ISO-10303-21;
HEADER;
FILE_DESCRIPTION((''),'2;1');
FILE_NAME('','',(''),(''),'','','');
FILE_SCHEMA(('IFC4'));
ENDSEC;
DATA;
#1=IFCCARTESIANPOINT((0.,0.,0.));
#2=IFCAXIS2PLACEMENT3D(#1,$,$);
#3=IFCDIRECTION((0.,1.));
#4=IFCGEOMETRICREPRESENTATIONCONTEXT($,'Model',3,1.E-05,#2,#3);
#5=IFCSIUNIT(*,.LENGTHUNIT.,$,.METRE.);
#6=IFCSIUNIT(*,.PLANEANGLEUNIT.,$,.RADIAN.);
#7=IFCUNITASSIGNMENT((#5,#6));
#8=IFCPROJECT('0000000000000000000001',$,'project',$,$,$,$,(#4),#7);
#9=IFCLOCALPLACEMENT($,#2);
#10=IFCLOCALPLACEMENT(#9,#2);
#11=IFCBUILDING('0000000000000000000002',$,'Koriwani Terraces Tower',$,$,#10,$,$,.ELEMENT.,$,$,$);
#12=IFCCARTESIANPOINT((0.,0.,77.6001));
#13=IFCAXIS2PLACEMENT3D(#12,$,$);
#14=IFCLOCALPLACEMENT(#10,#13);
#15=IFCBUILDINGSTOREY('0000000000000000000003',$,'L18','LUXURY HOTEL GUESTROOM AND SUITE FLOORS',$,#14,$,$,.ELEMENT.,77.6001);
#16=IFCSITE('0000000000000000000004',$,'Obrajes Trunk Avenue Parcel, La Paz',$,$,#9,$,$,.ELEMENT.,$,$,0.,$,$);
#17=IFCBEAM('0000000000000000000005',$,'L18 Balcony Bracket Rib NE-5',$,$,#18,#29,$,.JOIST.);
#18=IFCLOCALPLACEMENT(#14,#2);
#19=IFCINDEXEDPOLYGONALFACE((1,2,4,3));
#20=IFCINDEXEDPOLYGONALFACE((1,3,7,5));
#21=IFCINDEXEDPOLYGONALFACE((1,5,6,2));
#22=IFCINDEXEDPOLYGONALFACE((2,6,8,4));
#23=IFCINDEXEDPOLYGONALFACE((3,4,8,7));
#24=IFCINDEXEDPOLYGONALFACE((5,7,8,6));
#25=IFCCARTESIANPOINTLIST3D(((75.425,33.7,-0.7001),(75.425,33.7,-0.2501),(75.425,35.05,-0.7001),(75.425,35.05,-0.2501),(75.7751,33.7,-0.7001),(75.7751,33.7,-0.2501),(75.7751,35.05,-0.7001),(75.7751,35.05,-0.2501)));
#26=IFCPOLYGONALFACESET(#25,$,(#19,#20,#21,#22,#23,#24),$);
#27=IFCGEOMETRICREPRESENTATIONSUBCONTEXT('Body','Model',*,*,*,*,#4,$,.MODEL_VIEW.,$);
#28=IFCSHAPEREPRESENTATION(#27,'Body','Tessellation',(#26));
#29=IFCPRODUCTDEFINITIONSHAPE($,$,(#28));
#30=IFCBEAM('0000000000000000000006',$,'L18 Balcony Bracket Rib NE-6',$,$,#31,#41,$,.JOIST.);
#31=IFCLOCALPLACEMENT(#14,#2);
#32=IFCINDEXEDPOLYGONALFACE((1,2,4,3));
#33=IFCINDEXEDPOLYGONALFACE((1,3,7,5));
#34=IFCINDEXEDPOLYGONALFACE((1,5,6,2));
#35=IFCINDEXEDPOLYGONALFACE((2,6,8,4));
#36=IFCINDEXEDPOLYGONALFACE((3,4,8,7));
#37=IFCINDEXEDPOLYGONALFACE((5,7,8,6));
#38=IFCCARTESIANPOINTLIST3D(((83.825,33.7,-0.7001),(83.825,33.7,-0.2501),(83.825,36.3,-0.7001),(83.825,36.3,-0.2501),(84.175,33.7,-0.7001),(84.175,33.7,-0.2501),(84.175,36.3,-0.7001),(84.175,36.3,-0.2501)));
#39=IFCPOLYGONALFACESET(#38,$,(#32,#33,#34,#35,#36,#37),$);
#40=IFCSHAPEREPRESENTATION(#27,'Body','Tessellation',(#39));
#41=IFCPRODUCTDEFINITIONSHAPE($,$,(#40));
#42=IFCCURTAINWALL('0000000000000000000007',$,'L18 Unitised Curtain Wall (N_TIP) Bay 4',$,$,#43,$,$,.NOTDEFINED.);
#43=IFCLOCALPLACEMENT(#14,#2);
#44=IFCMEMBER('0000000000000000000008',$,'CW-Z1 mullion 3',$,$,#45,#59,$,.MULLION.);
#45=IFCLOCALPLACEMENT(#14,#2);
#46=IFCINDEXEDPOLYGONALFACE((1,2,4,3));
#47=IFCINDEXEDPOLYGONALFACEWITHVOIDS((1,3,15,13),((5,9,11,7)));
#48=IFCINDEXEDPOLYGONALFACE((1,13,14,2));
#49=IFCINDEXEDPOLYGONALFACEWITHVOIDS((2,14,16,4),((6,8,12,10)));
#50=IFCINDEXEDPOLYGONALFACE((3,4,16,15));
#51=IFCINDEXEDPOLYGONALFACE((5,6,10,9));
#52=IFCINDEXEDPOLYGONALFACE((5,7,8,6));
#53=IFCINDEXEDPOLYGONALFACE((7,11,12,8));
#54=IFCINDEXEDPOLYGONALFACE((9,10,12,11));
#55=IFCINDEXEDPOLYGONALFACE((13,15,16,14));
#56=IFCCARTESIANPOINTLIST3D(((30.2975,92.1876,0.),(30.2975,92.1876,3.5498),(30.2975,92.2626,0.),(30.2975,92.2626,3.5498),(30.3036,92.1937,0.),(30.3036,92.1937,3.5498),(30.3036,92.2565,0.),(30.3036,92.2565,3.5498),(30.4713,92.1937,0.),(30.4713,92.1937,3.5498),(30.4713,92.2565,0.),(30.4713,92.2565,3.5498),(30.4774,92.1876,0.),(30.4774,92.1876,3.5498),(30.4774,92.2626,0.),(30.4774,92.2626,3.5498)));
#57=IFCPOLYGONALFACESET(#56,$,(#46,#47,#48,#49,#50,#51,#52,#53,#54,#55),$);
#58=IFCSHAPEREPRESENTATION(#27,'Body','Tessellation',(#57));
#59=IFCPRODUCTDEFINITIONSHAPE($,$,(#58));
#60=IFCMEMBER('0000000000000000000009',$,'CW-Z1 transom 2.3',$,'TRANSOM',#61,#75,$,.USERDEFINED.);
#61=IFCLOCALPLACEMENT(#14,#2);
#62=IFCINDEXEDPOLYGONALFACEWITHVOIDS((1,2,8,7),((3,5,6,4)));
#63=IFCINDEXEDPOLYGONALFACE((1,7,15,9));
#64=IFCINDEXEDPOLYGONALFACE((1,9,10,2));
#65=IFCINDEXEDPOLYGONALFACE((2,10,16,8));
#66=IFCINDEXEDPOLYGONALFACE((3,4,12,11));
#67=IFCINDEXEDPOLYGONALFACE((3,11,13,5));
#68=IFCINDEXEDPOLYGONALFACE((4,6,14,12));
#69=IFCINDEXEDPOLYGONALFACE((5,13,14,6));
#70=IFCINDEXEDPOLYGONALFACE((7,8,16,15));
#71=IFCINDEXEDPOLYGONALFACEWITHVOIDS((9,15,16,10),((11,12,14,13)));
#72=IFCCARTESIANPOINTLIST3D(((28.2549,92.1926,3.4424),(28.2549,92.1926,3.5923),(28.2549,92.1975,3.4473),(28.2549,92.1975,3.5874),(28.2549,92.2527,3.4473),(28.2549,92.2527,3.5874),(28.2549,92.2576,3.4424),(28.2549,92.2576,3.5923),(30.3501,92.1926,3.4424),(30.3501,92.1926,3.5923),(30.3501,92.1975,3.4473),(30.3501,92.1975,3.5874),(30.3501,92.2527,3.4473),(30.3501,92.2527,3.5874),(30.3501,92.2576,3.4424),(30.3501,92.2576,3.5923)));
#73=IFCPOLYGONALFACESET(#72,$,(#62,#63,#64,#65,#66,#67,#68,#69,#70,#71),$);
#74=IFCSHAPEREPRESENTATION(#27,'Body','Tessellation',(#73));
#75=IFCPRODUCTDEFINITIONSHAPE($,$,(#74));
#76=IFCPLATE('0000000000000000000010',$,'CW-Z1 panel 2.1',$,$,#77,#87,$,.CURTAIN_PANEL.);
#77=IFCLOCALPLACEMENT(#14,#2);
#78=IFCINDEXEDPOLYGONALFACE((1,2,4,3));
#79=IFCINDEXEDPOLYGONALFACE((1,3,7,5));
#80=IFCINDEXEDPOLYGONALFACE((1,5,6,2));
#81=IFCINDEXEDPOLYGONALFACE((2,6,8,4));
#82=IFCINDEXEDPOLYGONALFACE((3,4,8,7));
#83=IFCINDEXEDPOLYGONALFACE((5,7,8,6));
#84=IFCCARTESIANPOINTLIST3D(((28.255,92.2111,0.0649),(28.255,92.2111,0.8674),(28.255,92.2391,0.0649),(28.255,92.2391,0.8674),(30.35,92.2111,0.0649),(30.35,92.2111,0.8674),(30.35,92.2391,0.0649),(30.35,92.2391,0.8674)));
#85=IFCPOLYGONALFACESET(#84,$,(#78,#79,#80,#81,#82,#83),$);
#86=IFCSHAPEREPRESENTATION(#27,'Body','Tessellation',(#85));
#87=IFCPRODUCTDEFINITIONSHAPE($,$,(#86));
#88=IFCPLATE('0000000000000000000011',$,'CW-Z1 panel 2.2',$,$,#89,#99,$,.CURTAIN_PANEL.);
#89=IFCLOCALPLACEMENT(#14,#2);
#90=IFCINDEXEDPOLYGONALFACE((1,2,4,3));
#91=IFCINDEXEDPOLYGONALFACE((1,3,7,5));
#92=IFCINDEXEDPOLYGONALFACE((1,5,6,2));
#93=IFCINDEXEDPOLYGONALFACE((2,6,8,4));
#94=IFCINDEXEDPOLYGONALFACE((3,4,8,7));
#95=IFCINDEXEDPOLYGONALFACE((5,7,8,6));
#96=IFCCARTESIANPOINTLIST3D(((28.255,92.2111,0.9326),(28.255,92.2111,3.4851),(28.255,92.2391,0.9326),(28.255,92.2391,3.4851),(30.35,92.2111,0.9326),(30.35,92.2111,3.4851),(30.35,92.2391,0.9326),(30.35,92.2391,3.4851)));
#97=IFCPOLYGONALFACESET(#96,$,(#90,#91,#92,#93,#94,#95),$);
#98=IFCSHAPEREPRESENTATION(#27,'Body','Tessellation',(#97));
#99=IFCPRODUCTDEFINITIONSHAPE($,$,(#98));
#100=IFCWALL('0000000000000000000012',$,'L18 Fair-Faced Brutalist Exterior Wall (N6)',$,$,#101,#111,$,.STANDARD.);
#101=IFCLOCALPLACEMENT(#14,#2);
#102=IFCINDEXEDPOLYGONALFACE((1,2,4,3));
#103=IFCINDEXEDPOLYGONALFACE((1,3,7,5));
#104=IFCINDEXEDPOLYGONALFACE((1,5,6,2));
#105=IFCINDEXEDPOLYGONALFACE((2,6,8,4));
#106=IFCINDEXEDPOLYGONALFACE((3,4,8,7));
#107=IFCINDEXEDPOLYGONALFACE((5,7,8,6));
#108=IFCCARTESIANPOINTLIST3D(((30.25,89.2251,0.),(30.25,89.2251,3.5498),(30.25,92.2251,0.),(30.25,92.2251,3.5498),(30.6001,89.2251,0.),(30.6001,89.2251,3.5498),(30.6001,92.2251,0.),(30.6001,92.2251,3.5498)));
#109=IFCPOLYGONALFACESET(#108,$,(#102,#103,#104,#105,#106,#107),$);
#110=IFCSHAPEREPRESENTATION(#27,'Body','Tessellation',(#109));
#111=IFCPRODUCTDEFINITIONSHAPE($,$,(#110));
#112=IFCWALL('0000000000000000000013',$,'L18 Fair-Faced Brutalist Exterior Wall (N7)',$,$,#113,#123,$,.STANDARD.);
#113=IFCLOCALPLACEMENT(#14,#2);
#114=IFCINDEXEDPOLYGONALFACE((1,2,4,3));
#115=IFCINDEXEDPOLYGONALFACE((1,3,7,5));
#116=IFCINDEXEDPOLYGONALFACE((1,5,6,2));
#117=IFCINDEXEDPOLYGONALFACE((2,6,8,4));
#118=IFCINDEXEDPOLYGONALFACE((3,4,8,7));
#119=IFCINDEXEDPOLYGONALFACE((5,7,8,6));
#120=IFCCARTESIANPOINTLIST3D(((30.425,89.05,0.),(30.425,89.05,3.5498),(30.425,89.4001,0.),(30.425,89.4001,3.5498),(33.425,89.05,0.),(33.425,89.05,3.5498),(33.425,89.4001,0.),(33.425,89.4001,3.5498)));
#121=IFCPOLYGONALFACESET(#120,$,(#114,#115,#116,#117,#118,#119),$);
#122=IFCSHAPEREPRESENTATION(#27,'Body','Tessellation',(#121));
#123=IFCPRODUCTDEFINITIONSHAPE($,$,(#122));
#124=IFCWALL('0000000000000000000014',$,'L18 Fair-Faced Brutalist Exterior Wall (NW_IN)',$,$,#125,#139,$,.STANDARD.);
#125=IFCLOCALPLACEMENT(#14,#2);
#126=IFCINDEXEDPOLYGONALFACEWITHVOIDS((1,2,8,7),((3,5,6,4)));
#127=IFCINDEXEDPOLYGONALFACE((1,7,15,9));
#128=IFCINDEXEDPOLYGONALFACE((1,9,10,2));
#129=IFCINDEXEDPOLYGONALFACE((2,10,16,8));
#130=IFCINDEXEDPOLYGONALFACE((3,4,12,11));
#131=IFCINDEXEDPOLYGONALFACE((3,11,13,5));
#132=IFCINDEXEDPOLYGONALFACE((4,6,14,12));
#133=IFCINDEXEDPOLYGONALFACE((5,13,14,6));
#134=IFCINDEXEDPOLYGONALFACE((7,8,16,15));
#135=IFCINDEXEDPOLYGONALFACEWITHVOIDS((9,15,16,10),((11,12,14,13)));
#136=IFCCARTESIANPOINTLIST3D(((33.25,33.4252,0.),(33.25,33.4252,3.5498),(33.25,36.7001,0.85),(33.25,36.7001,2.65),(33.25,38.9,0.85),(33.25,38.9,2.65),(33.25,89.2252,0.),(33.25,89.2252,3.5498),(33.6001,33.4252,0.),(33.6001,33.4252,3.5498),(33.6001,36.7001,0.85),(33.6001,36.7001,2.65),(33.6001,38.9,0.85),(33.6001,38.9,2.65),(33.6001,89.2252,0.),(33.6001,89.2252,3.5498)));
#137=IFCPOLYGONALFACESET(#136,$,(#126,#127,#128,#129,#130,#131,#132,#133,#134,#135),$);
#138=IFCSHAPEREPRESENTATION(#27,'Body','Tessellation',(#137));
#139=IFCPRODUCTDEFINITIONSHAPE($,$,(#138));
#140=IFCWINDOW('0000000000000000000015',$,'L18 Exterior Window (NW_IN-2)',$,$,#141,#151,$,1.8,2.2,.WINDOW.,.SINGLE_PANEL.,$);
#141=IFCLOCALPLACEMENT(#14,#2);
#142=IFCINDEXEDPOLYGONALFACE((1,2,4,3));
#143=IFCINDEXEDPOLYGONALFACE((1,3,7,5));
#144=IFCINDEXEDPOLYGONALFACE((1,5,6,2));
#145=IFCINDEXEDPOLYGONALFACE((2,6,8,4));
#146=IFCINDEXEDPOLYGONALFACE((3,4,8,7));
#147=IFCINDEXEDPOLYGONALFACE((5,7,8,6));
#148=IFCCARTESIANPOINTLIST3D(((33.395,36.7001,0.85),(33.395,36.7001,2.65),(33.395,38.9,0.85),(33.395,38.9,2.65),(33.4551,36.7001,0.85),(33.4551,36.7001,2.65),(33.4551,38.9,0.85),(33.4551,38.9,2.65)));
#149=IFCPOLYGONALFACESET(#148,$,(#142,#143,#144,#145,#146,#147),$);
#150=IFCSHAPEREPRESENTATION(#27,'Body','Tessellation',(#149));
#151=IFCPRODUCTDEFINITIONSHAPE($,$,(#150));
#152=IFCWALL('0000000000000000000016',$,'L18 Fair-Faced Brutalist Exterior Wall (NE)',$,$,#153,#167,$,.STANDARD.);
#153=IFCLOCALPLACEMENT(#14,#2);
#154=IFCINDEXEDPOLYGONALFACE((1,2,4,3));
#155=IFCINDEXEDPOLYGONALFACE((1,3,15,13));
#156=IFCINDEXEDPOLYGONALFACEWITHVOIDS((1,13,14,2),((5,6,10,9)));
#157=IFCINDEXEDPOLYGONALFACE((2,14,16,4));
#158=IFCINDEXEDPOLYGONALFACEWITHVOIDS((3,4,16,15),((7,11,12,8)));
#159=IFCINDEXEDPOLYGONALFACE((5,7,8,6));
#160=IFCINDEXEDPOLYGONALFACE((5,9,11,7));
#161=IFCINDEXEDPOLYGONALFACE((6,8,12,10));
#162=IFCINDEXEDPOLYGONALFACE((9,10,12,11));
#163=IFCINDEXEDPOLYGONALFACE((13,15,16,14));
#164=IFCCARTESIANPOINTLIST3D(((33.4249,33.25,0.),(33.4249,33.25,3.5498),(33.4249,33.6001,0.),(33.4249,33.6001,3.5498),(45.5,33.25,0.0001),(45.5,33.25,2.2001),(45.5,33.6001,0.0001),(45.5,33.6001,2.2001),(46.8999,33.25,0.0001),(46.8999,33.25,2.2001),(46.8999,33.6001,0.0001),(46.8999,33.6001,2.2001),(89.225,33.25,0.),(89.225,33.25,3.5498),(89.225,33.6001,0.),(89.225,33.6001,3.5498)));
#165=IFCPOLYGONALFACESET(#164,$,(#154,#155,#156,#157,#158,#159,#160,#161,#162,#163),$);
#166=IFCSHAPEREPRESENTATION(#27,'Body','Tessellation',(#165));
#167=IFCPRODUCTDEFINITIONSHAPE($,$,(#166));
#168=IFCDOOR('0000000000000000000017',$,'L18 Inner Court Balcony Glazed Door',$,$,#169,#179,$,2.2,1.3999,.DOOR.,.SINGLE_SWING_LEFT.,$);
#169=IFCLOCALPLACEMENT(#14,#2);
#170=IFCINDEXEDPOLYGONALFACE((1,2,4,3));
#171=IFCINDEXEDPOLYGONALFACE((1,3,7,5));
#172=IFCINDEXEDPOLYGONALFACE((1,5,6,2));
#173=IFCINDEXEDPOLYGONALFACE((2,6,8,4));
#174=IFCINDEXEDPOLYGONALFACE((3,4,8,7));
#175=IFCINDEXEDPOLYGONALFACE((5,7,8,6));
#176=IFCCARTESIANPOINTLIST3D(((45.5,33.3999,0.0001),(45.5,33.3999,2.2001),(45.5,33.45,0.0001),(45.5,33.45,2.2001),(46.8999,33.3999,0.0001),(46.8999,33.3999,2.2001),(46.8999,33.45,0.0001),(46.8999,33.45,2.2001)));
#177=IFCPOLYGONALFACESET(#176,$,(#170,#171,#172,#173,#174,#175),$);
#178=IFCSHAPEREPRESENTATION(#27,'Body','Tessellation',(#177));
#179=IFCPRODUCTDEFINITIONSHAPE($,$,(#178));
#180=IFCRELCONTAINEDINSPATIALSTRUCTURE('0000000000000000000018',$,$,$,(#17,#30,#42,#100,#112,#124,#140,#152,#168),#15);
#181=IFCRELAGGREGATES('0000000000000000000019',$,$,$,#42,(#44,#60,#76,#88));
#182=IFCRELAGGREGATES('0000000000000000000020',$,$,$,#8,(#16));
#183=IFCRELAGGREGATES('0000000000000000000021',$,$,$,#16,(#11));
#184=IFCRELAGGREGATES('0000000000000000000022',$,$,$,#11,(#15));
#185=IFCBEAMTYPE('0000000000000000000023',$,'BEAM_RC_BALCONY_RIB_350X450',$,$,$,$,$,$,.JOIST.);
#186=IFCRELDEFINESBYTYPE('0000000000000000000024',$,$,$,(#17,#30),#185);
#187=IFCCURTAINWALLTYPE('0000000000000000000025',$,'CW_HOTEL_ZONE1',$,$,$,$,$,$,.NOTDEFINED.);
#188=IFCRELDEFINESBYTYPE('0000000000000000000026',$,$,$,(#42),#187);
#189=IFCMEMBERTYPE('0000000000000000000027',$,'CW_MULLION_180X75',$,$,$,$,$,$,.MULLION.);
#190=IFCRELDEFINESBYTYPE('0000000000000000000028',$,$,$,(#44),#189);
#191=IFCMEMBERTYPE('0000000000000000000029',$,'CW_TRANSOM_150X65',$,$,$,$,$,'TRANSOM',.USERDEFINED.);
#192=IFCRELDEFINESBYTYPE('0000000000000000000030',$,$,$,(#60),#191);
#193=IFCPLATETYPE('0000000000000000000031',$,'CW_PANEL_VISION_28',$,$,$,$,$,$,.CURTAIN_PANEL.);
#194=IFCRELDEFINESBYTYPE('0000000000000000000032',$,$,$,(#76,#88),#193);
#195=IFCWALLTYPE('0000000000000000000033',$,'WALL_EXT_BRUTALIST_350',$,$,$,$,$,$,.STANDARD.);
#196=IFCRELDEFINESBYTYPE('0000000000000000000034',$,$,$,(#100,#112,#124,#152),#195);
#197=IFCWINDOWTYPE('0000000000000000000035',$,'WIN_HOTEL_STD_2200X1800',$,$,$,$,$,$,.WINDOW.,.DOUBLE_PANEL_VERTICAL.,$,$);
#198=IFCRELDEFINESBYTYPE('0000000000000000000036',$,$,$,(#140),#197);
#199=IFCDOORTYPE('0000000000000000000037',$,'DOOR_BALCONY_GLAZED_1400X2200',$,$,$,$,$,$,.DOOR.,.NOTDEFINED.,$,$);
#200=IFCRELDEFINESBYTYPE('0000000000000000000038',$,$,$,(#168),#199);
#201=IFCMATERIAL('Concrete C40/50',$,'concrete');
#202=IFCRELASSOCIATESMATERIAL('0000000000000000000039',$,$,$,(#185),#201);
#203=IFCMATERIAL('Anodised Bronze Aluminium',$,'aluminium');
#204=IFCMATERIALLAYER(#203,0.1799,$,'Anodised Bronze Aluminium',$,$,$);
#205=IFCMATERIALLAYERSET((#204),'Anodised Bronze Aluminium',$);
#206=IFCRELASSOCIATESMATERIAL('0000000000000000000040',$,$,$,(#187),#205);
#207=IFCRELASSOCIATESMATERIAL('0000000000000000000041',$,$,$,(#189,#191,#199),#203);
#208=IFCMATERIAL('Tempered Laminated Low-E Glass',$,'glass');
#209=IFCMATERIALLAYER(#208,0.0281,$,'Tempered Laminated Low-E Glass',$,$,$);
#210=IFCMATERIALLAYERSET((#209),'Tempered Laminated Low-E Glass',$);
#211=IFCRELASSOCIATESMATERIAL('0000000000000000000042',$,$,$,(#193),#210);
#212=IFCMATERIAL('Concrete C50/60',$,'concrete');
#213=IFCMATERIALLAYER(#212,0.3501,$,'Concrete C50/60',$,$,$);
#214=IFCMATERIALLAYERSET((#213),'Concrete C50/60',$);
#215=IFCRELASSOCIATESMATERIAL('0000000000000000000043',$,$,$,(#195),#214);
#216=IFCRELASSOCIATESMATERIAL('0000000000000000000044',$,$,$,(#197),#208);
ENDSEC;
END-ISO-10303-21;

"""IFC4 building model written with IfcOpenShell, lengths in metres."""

from ifc_helpers import new_model, si_unit, direction, frame, frame_2d, origin, origin_2d, place, context, subcontext, project, spatial, rectangle, hollow_rectangle, extrude, material, layer, layer_set, material_profile, profile_set, type_object, element, fill, aggregate, save


model = new_model("IFC4")

# Units and contexts
model_context = context("Model", 3, precision=1e-05, world=origin(), true_north=direction((0.0, 1.0)))
body_context = subcontext(model_context, "Body", "Model", "MODEL_VIEW")
ifc_project = project(units=[si_unit("LENGTHUNIT", "METRE"), si_unit("PLANEANGLEUNIT", "RADIAN")], contexts=[model_context])

# Site, building, storey
site_placement = place(None, origin())
site = spatial("IfcSite", under=ifc_project, at=site_placement, Name="Obrajes Trunk Avenue Parcel, La Paz", CompositionType="ELEMENT", RefElevation=0.0)
building_placement = place(site_placement, origin())
building = spatial("IfcBuilding", under=site, at=building_placement, Name="Koriwani Terraces Tower", CompositionType="ELEMENT")
storey_placement = place(building_placement, frame((0.0, 0.0, 77.6001)))
storey = spatial("IfcBuildingStorey", under=building, at=storey_placement, Name="L18", Description="LUXURY HOTEL GUESTROOM AND SUITE FLOORS", CompositionType="ELEMENT", Elevation=77.6001)

# Beams
ifc_material_1 = material(Name="Concrete C40/50", Category="concrete")
ifc_material_profile_1 = material_profile(ifc_material_1, rectangle(XDim=0.3501, YDim=0.45, at=origin_2d()), Name="Concrete C40/50", Category="LoadBearing")
ifc_profile_set_1 = profile_set([ifc_material_profile_1], Name="Concrete C40/50")
beam_type = type_object("IfcBeamType", Name="BEAM_RC_BALCONY_RIB_350X450", PredefinedType="JOIST", material=ifc_profile_set_1)
beam_1_placement = place(storey_placement, frame((75.6001, 33.7, -0.4751), z_axis=(0.0, 1.0, 0.0), x_axis=(-1.0, 0.0, 0.0)))
element("IfcBeam", 1, at=beam_1_placement, inside=storey, type_object=beam_type, Name="L18 Balcony Bracket Rib NE-5", PredefinedType="JOIST", context=body_context, shape_type="SweptSolid", body=[
    extrude(rectangle(XDim=0.3501, YDim=0.45, at=origin_2d()), origin(), (0.0, 0.0, 1.0), 1.3501),
])
beam_2_placement = place(storey_placement, frame((84.0, 33.7, -0.4751), z_axis=(0.0, 1.0, 0.0), x_axis=(-1.0, 0.0, 0.0)))
element("IfcBeam", 2, at=beam_2_placement, inside=storey, type_object=beam_type, Name="L18 Balcony Bracket Rib NE-6", PredefinedType="JOIST", context=body_context, shape_type="SweptSolid", body=[
    extrude(rectangle(XDim=0.3501, YDim=0.45, at=origin_2d()), origin(), (0.0, 0.0, 1.0), 2.6001),
])

# Curtain wall, members, plates
ifc_material_2 = material(Name="Anodised Bronze Aluminium", Category="aluminium")
ifc_layer_1 = layer(ifc_material_2, 0.1799, Name="Anodised Bronze Aluminium")
ifc_layer_set_1 = layer_set([ifc_layer_1], Name="Anodised Bronze Aluminium")
curtain_wall_type = type_object("IfcCurtainWallType", Name="CW_HOTEL_ZONE1", PredefinedType="NOTDEFINED", material=ifc_layer_set_1)
curtain_wall_placement = place(storey_placement, origin())
curtain_wall = element("IfcCurtainWall", 3, at=curtain_wall_placement, inside=storey, type_object=curtain_wall_type, Name="L18 Unitised Curtain Wall (N_TIP) Bay 4", PredefinedType="NOTDEFINED")
ifc_material_profile_2 = material_profile(ifc_material_2, hollow_rectangle(XDim=0.075, YDim=0.1799, WallThickness=0.0061, at=origin_2d()), Name="Anodised Bronze Aluminium", Category="LoadBearing")
ifc_profile_set_2 = profile_set([ifc_material_profile_2], Name="Anodised Bronze Aluminium")
member_type_1 = type_object("IfcMemberType", Name="CW_MULLION_180X75", PredefinedType="MULLION", material=ifc_profile_set_2)
member_1_placement = place(storey_placement, frame((30.3875, 92.2251, 0.0), z_axis=(0.0, 0.0, 1.0), x_axis=(0.0, 1.0, 0.0)))
member_1 = element("IfcMember", 4, at=member_1_placement, type_object=member_type_1, Name="CW-Z1 mullion 3", PredefinedType="MULLION", context=body_context, shape_type="SweptSolid", body=[
    extrude(hollow_rectangle(XDim=0.075, YDim=0.1799, WallThickness=0.0061, at=origin_2d()), origin(), (0.0, 0.0, 1.0), 3.5498),
])
ifc_material_profile_3 = material_profile(ifc_material_2, hollow_rectangle(XDim=0.0649, YDim=0.1499, WallThickness=0.0049, at=origin_2d()), Name="Anodised Bronze Aluminium", Category="LoadBearing")
ifc_profile_set_3 = profile_set([ifc_material_profile_3], Name="Anodised Bronze Aluminium")
member_type_2 = type_object("IfcMemberType", Name="CW_TRANSOM_150X65", ElementType="TRANSOM", PredefinedType="USERDEFINED", material=ifc_profile_set_3)
member_2_placement = place(storey_placement, frame((28.2549, 92.2251, 3.5173), z_axis=(1.0, 0.0, 0.0), x_axis=(0.0, 1.0, 0.0)))
member_2 = element("IfcMember", 5, at=member_2_placement, type_object=member_type_2, Name="CW-Z1 transom 2.3", ObjectType="TRANSOM", PredefinedType="USERDEFINED", context=body_context, shape_type="SweptSolid", body=[
    extrude(hollow_rectangle(XDim=0.0649, YDim=0.1499, WallThickness=0.0049, at=origin_2d()), origin(), (0.0, 0.0, 1.0), 2.0952),
])
ifc_material_3 = material(Name="Tempered Laminated Low-E Glass", Category="glass")
ifc_layer_2 = layer(ifc_material_3, 0.0281, Name="Tempered Laminated Low-E Glass")
ifc_layer_set_2 = layer_set([ifc_layer_2], Name="Tempered Laminated Low-E Glass")
plate_type = type_object("IfcPlateType", Name="CW_PANEL_VISION_28", PredefinedType="CURTAIN_PANEL", material=ifc_layer_set_2)
plate_1_placement = place(storey_placement, frame((29.3025, 92.2251, 0.0649), z_axis=(0.0, 0.0, 1.0), x_axis=(1.0, 0.0, 0.0)))
plate_1 = element("IfcPlate", 6, at=plate_1_placement, type_object=plate_type, Name="CW-Z1 panel 2.1", PredefinedType="CURTAIN_PANEL", context=body_context, shape_type="SweptSolid", body=[
    extrude(rectangle(XDim=2.095, YDim=0.0281, at=origin_2d()), origin(), (0.0, 0.0, 1.0), 0.8025),
])
plate_2_placement = place(storey_placement, frame((29.3025, 92.2251, 0.9326), z_axis=(0.0, 0.0, 1.0), x_axis=(1.0, 0.0, 0.0)))
plate_2 = element("IfcPlate", 7, at=plate_2_placement, type_object=plate_type, Name="CW-Z1 panel 2.2", PredefinedType="CURTAIN_PANEL", context=body_context, shape_type="SweptSolid", body=[
    extrude(rectangle(XDim=2.095, YDim=0.0281, at=origin_2d()), origin(), (0.0, 0.0, 1.0), 2.5525),
])
aggregate(curtain_wall, [member_1, member_2, plate_1, plate_2])

# Walls
ifc_material_4 = material(Name="Concrete C50/60", Category="concrete")
ifc_layer_3 = layer(ifc_material_4, 0.3501, Name="Concrete C50/60")
ifc_layer_set_3 = layer_set([ifc_layer_3], Name="Concrete C50/60")
wall_type = type_object("IfcWallType", Name="WALL_EXT_BRUTALIST_350", PredefinedType="STANDARD", material=ifc_layer_set_3)
for number, where, z_axis, x_axis, name in (
    (8, (30.425, 92.2251, 0.0), (0.0, 0.0, 1.0), (0.0, -1.0, 0.0), "L18 Fair-Faced Brutalist Exterior Wall (N6)"),
    (9, (30.425, 89.2251, 0.0), (0.0, 0.0, 1.0), (1.0, 0.0, 0.0), "L18 Fair-Faced Brutalist Exterior Wall (N7)"),
):
    element("IfcWall", number, at=place(storey_placement, frame(where, z_axis=z_axis, x_axis=x_axis)), inside=storey, type_object=wall_type, Name=name, PredefinedType="STANDARD", context=body_context, shape_type="SweptSolid", body=[
        extrude(rectangle(XDim=3.0, YDim=0.3501, at=frame_2d((1.5, 0.0))), origin(), (0.0, 0.0, 1.0), 3.5498),
    ])

# Wall, opening, window
wall_1_placement = place(storey_placement, frame((33.425, 89.2251, 0.0), z_axis=(0.0, 0.0, 1.0), x_axis=(0.0, -1.0, 0.0)))
wall_1 = element("IfcWall", 10, at=wall_1_placement, inside=storey, type_object=wall_type, Name="L18 Fair-Faced Brutalist Exterior Wall (NW_IN)", PredefinedType="STANDARD", context=body_context, shape_type="SweptSolid", body=[
    extrude(rectangle(XDim=55.8, YDim=0.3501, at=frame_2d((27.8999, 0.0))), origin(), (0.0, 0.0, 1.0), 3.5498),
])
opening_1_placement = place(wall_1_placement, frame((50.325, 0.0, 0.8501)))
opening_1 = element("IfcOpeningElement", 11, at=opening_1_placement, cuts=wall_1, PredefinedType="OPENING", context=body_context, shape_type="SweptSolid", body=[
    extrude(rectangle(XDim=2.2, YDim=1.8, at=frame_2d((1.1001, 0.8999))), frame((0.0, 0.1851, 0.0), z_axis=(0.0, -1.0, 0.0), x_axis=(1.0, 0.0, 0.0)), (0.0, 0.0, 1.0), 0.3701),
])
window_type = type_object("IfcWindowType", Name="WIN_HOTEL_STD_2200X1800", PartitioningType="DOUBLE_PANEL_VERTICAL", PredefinedType="WINDOW", material=ifc_material_3)
window_placement = place(opening_1_placement, origin())
window = element("IfcWindow", 12, at=window_placement, inside=storey, type_object=window_type, Name="L18 Exterior Window (NW_IN-2)", OverallHeight=1.8, OverallWidth=2.2, PartitioningType="SINGLE_PANEL", PredefinedType="WINDOW", context=body_context, shape_type="SweptSolid", body=[
    extrude(rectangle(XDim=2.2, YDim=1.8, at=frame_2d((1.1001, 0.8999))), frame((0.0, 0.03, 0.0), z_axis=(0.0, -1.0, 0.0), x_axis=(1.0, 0.0, 0.0)), (0.0, 0.0, 1.0), 0.0601),
])
fill(opening_1, window)

# Wall, opening, door
wall_2_placement = place(storey_placement, frame((33.425, 33.425, 0.0), z_axis=(0.0, 0.0, 1.0), x_axis=(1.0, 0.0, 0.0)))
wall_2 = element("IfcWall", 13, at=wall_2_placement, inside=storey, type_object=wall_type, Name="L18 Fair-Faced Brutalist Exterior Wall (NE)", PredefinedType="STANDARD", context=body_context, shape_type="SweptSolid", body=[
    extrude(rectangle(XDim=55.8, YDim=0.3501, at=frame_2d((27.8999, 0.0))), origin(), (0.0, 0.0, 1.0), 3.5498),
])
opening_2_placement = place(wall_2_placement, frame((12.075, 0.0, 0.0)))
opening_2 = element("IfcOpeningElement", 14, at=opening_2_placement, cuts=wall_2, PredefinedType="OPENING", context=body_context, shape_type="SweptSolid", body=[
    extrude(rectangle(XDim=1.3999, YDim=2.2, at=frame_2d((0.7, 1.1001))), frame((0.0, 0.1851, 0.0), z_axis=(0.0, -1.0, 0.0), x_axis=(1.0, 0.0, 0.0)), (0.0, 0.0, 1.0), 0.3701),
])
door_type = type_object("IfcDoorType", Name="DOOR_BALCONY_GLAZED_1400X2200", OperationType="NOTDEFINED", PredefinedType="DOOR", material=ifc_material_2)
door_placement = place(opening_2_placement, origin())
door = element("IfcDoor", 15, at=door_placement, inside=storey, type_object=door_type, Name="L18 Inner Court Balcony Glazed Door", OperationType="SINGLE_SWING_LEFT", OverallHeight=2.2, OverallWidth=1.3999, PredefinedType="DOOR", context=body_context, shape_type="SweptSolid", body=[
    extrude(rectangle(XDim=1.3999, YDim=2.2, at=frame_2d((0.7, 1.1001))), frame((0.0, 0.0249, 0.0), z_axis=(0.0, -1.0, 0.0), x_axis=(1.0, 0.0, 0.0)), (0.0, 0.0, 1.0), 0.05),
])
fill(opening_2, door)

save(model, "model.ifc")
